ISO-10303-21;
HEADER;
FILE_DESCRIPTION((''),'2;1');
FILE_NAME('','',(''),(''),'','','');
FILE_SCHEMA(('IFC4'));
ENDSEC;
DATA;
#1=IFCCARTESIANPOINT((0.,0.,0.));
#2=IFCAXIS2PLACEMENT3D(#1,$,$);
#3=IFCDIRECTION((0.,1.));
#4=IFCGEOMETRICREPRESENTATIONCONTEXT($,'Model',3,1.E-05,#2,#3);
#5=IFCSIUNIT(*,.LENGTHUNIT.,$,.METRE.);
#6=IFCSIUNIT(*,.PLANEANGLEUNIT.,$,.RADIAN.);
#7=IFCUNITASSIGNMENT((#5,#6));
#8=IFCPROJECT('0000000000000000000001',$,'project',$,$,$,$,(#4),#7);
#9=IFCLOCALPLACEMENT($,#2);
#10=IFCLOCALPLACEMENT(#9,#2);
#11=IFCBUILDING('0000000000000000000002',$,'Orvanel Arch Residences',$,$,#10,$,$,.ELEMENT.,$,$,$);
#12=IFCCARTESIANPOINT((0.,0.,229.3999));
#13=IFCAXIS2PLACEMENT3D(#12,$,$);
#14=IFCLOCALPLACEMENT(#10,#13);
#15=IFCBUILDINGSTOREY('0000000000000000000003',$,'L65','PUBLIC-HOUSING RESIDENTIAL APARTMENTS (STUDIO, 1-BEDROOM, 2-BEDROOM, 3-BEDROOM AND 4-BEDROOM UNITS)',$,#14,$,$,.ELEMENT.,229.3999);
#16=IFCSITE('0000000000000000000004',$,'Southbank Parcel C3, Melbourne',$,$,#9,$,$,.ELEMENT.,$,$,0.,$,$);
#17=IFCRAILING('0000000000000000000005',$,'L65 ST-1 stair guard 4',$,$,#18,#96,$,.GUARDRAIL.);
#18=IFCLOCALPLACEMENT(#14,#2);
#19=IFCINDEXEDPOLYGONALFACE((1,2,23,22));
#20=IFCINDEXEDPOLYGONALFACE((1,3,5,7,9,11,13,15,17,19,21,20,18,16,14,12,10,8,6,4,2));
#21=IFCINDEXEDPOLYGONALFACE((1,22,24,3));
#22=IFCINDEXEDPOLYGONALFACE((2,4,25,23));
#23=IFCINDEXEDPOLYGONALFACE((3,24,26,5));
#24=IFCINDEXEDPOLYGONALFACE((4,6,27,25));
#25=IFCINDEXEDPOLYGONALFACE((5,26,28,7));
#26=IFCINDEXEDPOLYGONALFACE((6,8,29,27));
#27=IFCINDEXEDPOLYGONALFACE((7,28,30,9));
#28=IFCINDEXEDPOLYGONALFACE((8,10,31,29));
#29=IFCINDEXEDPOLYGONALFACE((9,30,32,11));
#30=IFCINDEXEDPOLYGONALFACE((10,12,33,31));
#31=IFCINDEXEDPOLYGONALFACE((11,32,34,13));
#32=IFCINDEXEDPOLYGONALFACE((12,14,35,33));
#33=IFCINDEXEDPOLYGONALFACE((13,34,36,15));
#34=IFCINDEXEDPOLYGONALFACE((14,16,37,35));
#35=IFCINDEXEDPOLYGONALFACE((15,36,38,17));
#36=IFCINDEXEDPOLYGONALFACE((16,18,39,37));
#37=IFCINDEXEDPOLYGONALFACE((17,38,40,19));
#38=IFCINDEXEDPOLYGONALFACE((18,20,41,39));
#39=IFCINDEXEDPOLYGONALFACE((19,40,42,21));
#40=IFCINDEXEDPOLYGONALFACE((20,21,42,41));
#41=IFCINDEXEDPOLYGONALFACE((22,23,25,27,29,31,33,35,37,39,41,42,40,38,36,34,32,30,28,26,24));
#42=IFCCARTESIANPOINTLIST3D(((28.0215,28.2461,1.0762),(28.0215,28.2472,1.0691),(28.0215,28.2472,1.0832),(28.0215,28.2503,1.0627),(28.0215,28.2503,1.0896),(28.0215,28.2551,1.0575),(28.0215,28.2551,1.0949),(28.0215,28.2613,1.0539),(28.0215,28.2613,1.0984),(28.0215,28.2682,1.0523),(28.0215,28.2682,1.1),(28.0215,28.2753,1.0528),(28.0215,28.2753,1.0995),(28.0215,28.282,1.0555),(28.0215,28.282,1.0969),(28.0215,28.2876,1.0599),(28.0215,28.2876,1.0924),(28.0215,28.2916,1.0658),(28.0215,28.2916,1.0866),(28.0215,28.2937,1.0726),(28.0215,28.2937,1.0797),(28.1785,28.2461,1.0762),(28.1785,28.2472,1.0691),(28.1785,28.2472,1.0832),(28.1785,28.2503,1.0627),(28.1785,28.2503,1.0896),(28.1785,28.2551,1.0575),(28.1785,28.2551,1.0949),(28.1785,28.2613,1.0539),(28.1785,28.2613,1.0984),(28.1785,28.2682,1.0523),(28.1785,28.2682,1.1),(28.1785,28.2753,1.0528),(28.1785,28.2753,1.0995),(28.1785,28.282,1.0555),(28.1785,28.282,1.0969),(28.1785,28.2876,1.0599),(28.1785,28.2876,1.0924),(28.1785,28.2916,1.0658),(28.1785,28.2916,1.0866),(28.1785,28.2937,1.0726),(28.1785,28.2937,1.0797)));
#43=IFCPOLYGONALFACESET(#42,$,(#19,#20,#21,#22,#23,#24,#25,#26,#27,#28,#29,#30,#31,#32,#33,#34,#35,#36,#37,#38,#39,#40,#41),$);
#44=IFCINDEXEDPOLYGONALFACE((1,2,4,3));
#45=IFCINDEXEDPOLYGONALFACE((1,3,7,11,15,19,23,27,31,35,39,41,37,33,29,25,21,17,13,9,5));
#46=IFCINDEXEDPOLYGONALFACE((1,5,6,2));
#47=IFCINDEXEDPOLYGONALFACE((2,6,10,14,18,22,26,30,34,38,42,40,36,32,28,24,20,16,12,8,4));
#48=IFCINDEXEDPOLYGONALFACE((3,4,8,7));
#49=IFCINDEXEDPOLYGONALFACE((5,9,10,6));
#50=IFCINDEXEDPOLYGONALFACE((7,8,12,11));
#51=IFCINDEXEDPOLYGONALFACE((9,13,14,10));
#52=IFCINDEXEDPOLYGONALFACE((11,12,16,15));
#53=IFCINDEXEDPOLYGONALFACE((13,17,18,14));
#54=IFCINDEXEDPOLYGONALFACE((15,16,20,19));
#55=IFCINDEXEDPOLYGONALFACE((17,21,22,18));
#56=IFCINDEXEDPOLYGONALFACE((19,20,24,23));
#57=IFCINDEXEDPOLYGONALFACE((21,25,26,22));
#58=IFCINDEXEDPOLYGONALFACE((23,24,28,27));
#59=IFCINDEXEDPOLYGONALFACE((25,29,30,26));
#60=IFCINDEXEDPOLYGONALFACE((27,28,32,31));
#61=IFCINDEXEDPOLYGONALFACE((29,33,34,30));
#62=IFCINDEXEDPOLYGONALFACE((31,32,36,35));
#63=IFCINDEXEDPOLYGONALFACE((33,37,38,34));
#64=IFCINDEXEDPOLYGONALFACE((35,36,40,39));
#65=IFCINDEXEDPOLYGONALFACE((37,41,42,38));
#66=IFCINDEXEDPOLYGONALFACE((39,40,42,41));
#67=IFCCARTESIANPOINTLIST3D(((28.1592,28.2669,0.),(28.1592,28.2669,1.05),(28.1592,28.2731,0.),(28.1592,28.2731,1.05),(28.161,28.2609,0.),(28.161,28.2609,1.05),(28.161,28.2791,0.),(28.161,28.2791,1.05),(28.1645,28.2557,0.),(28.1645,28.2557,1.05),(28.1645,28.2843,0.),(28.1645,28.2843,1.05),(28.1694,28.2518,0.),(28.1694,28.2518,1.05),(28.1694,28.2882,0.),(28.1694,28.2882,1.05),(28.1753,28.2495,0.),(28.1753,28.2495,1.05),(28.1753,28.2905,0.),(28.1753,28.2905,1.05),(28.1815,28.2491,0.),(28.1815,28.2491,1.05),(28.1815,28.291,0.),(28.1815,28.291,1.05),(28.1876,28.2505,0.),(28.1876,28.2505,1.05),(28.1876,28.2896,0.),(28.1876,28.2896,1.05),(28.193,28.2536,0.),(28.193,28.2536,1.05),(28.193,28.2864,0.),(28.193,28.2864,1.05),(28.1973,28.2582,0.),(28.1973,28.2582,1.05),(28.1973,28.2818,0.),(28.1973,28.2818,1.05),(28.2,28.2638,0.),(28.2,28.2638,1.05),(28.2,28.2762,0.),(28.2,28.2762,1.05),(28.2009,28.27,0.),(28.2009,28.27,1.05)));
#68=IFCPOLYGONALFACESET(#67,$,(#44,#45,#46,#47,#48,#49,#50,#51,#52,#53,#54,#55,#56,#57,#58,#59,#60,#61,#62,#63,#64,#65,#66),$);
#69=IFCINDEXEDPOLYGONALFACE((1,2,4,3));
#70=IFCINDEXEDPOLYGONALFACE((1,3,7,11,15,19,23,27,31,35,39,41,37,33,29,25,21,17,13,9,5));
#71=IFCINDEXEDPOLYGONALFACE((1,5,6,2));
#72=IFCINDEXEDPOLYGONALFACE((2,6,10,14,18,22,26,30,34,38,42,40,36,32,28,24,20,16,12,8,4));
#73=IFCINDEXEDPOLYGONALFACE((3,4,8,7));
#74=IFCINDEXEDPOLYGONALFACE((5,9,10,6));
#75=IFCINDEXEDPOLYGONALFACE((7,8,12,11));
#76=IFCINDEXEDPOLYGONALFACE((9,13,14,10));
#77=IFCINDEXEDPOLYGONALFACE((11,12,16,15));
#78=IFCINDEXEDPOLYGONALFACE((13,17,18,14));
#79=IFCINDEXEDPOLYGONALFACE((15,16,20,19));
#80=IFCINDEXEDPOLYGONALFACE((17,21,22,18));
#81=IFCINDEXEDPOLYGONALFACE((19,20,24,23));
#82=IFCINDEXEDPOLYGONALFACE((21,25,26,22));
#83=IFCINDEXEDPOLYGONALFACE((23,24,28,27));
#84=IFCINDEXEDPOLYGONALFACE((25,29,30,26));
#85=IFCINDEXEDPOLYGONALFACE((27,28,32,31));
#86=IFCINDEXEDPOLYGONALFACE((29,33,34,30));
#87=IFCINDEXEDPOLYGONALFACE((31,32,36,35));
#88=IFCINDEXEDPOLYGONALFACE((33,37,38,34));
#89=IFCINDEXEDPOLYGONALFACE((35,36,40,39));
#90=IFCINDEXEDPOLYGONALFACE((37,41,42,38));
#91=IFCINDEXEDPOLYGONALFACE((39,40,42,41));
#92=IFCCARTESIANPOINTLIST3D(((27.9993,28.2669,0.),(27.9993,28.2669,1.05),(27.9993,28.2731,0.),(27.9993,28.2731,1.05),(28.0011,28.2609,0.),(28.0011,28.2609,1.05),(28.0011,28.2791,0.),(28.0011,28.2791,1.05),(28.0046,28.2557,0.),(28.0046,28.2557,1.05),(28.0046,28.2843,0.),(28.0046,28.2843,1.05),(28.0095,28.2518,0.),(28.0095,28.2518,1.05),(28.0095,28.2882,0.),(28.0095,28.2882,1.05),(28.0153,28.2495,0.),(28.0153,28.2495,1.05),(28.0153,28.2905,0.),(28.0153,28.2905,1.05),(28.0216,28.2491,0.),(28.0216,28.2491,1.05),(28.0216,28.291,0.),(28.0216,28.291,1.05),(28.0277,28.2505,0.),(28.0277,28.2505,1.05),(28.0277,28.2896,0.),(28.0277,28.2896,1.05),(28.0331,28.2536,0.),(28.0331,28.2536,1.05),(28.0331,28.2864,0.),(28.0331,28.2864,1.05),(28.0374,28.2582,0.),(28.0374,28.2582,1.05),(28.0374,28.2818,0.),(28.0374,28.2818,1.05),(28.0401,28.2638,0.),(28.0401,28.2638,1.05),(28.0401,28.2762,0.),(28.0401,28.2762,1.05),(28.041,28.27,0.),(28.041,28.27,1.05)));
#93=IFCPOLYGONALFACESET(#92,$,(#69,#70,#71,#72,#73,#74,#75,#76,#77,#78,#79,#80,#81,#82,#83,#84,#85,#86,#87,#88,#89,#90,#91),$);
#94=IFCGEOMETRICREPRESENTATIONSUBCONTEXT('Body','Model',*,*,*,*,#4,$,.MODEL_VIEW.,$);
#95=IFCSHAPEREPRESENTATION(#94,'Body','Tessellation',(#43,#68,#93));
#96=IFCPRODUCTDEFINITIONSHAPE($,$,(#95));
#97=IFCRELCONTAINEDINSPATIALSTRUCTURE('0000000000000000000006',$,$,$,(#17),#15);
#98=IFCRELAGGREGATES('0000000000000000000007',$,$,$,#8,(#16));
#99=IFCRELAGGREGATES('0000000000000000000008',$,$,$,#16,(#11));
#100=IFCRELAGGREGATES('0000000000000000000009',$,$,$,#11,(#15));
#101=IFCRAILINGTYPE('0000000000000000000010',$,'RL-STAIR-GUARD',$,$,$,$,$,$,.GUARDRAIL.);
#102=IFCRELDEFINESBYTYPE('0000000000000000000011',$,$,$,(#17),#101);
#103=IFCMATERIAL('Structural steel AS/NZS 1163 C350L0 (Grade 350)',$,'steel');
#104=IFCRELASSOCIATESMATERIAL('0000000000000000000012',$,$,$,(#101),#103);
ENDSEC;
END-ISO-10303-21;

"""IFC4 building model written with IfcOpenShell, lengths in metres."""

from ifc_helpers import new_model, si_unit, direction, frame, origin, origin_2d, place, context, subcontext, project, spatial, circle, extrude, material, type_object, element, save


model = new_model("IFC4")

# Units and contexts
model_context = context("Model", 3, precision=1e-05, world=origin(), true_north=direction((0.0, 1.0)))
body_context = subcontext(model_context, "Body", "Model", "MODEL_VIEW")
ifc_project = project(units=[si_unit("LENGTHUNIT", "METRE"), si_unit("PLANEANGLEUNIT", "RADIAN")], contexts=[model_context])

# Site, building, storey
site_placement = place(None, origin())
site = spatial("IfcSite", under=ifc_project, at=site_placement, Name="Southbank Parcel C3, Melbourne", CompositionType="ELEMENT", RefElevation=0.0)
building_placement = place(site_placement, origin())
building = spatial("IfcBuilding", under=site, at=building_placement, Name="Orvanel Arch Residences", CompositionType="ELEMENT")
storey_placement = place(building_placement, frame((0.0, 0.0, 229.3999)))
storey = spatial("IfcBuildingStorey", under=building, at=storey_placement, Name="L65", Description="PUBLIC-HOUSING RESIDENTIAL APARTMENTS (STUDIO, 1-BEDROOM, 2-BEDROOM, 3-BEDROOM AND 4-BEDROOM UNITS)", CompositionType="ELEMENT", Elevation=229.3999)

# Shared definitions
ifc_material_1 = material(Name="Structural steel AS/NZS 1163 C350L0 (Grade 350)", Category="steel")

# Railing
railing_type_1 = type_object("IfcRailingType", Name="RL-STAIR-GUARD", PredefinedType="GUARDRAIL", material=ifc_material_1)
railing_1_placement = place(storey_placement, frame((28.1799, 28.27, 0.0)))
element("IfcRailing", 1, at=railing_1_placement, inside=storey, type_object=railing_type_1, Name="L65 ST-1 stair guard 4", PredefinedType="GUARDRAIL", context=body_context, shape_type="SweptSolid", body=[
    extrude(circle(Radius=0.0239, at=origin_2d()), frame((-0.0015, 0.0, 1.0762), z_axis=(-1.0, 0.0, 0.0), x_axis=(0.0, -1.0, 0.0)), (0.0, 0.0, 1.0), 0.157),
    extrude(circle(Radius=0.021, at=origin_2d()), origin(), (0.0, 0.0, 1.0), 1.05),
    extrude(circle(Radius=0.021, at=origin_2d()), frame((-0.1599, 0.0, 0.0)), (0.0, 0.0, 1.0), 1.05),
])

save(model, "model.ifc")
